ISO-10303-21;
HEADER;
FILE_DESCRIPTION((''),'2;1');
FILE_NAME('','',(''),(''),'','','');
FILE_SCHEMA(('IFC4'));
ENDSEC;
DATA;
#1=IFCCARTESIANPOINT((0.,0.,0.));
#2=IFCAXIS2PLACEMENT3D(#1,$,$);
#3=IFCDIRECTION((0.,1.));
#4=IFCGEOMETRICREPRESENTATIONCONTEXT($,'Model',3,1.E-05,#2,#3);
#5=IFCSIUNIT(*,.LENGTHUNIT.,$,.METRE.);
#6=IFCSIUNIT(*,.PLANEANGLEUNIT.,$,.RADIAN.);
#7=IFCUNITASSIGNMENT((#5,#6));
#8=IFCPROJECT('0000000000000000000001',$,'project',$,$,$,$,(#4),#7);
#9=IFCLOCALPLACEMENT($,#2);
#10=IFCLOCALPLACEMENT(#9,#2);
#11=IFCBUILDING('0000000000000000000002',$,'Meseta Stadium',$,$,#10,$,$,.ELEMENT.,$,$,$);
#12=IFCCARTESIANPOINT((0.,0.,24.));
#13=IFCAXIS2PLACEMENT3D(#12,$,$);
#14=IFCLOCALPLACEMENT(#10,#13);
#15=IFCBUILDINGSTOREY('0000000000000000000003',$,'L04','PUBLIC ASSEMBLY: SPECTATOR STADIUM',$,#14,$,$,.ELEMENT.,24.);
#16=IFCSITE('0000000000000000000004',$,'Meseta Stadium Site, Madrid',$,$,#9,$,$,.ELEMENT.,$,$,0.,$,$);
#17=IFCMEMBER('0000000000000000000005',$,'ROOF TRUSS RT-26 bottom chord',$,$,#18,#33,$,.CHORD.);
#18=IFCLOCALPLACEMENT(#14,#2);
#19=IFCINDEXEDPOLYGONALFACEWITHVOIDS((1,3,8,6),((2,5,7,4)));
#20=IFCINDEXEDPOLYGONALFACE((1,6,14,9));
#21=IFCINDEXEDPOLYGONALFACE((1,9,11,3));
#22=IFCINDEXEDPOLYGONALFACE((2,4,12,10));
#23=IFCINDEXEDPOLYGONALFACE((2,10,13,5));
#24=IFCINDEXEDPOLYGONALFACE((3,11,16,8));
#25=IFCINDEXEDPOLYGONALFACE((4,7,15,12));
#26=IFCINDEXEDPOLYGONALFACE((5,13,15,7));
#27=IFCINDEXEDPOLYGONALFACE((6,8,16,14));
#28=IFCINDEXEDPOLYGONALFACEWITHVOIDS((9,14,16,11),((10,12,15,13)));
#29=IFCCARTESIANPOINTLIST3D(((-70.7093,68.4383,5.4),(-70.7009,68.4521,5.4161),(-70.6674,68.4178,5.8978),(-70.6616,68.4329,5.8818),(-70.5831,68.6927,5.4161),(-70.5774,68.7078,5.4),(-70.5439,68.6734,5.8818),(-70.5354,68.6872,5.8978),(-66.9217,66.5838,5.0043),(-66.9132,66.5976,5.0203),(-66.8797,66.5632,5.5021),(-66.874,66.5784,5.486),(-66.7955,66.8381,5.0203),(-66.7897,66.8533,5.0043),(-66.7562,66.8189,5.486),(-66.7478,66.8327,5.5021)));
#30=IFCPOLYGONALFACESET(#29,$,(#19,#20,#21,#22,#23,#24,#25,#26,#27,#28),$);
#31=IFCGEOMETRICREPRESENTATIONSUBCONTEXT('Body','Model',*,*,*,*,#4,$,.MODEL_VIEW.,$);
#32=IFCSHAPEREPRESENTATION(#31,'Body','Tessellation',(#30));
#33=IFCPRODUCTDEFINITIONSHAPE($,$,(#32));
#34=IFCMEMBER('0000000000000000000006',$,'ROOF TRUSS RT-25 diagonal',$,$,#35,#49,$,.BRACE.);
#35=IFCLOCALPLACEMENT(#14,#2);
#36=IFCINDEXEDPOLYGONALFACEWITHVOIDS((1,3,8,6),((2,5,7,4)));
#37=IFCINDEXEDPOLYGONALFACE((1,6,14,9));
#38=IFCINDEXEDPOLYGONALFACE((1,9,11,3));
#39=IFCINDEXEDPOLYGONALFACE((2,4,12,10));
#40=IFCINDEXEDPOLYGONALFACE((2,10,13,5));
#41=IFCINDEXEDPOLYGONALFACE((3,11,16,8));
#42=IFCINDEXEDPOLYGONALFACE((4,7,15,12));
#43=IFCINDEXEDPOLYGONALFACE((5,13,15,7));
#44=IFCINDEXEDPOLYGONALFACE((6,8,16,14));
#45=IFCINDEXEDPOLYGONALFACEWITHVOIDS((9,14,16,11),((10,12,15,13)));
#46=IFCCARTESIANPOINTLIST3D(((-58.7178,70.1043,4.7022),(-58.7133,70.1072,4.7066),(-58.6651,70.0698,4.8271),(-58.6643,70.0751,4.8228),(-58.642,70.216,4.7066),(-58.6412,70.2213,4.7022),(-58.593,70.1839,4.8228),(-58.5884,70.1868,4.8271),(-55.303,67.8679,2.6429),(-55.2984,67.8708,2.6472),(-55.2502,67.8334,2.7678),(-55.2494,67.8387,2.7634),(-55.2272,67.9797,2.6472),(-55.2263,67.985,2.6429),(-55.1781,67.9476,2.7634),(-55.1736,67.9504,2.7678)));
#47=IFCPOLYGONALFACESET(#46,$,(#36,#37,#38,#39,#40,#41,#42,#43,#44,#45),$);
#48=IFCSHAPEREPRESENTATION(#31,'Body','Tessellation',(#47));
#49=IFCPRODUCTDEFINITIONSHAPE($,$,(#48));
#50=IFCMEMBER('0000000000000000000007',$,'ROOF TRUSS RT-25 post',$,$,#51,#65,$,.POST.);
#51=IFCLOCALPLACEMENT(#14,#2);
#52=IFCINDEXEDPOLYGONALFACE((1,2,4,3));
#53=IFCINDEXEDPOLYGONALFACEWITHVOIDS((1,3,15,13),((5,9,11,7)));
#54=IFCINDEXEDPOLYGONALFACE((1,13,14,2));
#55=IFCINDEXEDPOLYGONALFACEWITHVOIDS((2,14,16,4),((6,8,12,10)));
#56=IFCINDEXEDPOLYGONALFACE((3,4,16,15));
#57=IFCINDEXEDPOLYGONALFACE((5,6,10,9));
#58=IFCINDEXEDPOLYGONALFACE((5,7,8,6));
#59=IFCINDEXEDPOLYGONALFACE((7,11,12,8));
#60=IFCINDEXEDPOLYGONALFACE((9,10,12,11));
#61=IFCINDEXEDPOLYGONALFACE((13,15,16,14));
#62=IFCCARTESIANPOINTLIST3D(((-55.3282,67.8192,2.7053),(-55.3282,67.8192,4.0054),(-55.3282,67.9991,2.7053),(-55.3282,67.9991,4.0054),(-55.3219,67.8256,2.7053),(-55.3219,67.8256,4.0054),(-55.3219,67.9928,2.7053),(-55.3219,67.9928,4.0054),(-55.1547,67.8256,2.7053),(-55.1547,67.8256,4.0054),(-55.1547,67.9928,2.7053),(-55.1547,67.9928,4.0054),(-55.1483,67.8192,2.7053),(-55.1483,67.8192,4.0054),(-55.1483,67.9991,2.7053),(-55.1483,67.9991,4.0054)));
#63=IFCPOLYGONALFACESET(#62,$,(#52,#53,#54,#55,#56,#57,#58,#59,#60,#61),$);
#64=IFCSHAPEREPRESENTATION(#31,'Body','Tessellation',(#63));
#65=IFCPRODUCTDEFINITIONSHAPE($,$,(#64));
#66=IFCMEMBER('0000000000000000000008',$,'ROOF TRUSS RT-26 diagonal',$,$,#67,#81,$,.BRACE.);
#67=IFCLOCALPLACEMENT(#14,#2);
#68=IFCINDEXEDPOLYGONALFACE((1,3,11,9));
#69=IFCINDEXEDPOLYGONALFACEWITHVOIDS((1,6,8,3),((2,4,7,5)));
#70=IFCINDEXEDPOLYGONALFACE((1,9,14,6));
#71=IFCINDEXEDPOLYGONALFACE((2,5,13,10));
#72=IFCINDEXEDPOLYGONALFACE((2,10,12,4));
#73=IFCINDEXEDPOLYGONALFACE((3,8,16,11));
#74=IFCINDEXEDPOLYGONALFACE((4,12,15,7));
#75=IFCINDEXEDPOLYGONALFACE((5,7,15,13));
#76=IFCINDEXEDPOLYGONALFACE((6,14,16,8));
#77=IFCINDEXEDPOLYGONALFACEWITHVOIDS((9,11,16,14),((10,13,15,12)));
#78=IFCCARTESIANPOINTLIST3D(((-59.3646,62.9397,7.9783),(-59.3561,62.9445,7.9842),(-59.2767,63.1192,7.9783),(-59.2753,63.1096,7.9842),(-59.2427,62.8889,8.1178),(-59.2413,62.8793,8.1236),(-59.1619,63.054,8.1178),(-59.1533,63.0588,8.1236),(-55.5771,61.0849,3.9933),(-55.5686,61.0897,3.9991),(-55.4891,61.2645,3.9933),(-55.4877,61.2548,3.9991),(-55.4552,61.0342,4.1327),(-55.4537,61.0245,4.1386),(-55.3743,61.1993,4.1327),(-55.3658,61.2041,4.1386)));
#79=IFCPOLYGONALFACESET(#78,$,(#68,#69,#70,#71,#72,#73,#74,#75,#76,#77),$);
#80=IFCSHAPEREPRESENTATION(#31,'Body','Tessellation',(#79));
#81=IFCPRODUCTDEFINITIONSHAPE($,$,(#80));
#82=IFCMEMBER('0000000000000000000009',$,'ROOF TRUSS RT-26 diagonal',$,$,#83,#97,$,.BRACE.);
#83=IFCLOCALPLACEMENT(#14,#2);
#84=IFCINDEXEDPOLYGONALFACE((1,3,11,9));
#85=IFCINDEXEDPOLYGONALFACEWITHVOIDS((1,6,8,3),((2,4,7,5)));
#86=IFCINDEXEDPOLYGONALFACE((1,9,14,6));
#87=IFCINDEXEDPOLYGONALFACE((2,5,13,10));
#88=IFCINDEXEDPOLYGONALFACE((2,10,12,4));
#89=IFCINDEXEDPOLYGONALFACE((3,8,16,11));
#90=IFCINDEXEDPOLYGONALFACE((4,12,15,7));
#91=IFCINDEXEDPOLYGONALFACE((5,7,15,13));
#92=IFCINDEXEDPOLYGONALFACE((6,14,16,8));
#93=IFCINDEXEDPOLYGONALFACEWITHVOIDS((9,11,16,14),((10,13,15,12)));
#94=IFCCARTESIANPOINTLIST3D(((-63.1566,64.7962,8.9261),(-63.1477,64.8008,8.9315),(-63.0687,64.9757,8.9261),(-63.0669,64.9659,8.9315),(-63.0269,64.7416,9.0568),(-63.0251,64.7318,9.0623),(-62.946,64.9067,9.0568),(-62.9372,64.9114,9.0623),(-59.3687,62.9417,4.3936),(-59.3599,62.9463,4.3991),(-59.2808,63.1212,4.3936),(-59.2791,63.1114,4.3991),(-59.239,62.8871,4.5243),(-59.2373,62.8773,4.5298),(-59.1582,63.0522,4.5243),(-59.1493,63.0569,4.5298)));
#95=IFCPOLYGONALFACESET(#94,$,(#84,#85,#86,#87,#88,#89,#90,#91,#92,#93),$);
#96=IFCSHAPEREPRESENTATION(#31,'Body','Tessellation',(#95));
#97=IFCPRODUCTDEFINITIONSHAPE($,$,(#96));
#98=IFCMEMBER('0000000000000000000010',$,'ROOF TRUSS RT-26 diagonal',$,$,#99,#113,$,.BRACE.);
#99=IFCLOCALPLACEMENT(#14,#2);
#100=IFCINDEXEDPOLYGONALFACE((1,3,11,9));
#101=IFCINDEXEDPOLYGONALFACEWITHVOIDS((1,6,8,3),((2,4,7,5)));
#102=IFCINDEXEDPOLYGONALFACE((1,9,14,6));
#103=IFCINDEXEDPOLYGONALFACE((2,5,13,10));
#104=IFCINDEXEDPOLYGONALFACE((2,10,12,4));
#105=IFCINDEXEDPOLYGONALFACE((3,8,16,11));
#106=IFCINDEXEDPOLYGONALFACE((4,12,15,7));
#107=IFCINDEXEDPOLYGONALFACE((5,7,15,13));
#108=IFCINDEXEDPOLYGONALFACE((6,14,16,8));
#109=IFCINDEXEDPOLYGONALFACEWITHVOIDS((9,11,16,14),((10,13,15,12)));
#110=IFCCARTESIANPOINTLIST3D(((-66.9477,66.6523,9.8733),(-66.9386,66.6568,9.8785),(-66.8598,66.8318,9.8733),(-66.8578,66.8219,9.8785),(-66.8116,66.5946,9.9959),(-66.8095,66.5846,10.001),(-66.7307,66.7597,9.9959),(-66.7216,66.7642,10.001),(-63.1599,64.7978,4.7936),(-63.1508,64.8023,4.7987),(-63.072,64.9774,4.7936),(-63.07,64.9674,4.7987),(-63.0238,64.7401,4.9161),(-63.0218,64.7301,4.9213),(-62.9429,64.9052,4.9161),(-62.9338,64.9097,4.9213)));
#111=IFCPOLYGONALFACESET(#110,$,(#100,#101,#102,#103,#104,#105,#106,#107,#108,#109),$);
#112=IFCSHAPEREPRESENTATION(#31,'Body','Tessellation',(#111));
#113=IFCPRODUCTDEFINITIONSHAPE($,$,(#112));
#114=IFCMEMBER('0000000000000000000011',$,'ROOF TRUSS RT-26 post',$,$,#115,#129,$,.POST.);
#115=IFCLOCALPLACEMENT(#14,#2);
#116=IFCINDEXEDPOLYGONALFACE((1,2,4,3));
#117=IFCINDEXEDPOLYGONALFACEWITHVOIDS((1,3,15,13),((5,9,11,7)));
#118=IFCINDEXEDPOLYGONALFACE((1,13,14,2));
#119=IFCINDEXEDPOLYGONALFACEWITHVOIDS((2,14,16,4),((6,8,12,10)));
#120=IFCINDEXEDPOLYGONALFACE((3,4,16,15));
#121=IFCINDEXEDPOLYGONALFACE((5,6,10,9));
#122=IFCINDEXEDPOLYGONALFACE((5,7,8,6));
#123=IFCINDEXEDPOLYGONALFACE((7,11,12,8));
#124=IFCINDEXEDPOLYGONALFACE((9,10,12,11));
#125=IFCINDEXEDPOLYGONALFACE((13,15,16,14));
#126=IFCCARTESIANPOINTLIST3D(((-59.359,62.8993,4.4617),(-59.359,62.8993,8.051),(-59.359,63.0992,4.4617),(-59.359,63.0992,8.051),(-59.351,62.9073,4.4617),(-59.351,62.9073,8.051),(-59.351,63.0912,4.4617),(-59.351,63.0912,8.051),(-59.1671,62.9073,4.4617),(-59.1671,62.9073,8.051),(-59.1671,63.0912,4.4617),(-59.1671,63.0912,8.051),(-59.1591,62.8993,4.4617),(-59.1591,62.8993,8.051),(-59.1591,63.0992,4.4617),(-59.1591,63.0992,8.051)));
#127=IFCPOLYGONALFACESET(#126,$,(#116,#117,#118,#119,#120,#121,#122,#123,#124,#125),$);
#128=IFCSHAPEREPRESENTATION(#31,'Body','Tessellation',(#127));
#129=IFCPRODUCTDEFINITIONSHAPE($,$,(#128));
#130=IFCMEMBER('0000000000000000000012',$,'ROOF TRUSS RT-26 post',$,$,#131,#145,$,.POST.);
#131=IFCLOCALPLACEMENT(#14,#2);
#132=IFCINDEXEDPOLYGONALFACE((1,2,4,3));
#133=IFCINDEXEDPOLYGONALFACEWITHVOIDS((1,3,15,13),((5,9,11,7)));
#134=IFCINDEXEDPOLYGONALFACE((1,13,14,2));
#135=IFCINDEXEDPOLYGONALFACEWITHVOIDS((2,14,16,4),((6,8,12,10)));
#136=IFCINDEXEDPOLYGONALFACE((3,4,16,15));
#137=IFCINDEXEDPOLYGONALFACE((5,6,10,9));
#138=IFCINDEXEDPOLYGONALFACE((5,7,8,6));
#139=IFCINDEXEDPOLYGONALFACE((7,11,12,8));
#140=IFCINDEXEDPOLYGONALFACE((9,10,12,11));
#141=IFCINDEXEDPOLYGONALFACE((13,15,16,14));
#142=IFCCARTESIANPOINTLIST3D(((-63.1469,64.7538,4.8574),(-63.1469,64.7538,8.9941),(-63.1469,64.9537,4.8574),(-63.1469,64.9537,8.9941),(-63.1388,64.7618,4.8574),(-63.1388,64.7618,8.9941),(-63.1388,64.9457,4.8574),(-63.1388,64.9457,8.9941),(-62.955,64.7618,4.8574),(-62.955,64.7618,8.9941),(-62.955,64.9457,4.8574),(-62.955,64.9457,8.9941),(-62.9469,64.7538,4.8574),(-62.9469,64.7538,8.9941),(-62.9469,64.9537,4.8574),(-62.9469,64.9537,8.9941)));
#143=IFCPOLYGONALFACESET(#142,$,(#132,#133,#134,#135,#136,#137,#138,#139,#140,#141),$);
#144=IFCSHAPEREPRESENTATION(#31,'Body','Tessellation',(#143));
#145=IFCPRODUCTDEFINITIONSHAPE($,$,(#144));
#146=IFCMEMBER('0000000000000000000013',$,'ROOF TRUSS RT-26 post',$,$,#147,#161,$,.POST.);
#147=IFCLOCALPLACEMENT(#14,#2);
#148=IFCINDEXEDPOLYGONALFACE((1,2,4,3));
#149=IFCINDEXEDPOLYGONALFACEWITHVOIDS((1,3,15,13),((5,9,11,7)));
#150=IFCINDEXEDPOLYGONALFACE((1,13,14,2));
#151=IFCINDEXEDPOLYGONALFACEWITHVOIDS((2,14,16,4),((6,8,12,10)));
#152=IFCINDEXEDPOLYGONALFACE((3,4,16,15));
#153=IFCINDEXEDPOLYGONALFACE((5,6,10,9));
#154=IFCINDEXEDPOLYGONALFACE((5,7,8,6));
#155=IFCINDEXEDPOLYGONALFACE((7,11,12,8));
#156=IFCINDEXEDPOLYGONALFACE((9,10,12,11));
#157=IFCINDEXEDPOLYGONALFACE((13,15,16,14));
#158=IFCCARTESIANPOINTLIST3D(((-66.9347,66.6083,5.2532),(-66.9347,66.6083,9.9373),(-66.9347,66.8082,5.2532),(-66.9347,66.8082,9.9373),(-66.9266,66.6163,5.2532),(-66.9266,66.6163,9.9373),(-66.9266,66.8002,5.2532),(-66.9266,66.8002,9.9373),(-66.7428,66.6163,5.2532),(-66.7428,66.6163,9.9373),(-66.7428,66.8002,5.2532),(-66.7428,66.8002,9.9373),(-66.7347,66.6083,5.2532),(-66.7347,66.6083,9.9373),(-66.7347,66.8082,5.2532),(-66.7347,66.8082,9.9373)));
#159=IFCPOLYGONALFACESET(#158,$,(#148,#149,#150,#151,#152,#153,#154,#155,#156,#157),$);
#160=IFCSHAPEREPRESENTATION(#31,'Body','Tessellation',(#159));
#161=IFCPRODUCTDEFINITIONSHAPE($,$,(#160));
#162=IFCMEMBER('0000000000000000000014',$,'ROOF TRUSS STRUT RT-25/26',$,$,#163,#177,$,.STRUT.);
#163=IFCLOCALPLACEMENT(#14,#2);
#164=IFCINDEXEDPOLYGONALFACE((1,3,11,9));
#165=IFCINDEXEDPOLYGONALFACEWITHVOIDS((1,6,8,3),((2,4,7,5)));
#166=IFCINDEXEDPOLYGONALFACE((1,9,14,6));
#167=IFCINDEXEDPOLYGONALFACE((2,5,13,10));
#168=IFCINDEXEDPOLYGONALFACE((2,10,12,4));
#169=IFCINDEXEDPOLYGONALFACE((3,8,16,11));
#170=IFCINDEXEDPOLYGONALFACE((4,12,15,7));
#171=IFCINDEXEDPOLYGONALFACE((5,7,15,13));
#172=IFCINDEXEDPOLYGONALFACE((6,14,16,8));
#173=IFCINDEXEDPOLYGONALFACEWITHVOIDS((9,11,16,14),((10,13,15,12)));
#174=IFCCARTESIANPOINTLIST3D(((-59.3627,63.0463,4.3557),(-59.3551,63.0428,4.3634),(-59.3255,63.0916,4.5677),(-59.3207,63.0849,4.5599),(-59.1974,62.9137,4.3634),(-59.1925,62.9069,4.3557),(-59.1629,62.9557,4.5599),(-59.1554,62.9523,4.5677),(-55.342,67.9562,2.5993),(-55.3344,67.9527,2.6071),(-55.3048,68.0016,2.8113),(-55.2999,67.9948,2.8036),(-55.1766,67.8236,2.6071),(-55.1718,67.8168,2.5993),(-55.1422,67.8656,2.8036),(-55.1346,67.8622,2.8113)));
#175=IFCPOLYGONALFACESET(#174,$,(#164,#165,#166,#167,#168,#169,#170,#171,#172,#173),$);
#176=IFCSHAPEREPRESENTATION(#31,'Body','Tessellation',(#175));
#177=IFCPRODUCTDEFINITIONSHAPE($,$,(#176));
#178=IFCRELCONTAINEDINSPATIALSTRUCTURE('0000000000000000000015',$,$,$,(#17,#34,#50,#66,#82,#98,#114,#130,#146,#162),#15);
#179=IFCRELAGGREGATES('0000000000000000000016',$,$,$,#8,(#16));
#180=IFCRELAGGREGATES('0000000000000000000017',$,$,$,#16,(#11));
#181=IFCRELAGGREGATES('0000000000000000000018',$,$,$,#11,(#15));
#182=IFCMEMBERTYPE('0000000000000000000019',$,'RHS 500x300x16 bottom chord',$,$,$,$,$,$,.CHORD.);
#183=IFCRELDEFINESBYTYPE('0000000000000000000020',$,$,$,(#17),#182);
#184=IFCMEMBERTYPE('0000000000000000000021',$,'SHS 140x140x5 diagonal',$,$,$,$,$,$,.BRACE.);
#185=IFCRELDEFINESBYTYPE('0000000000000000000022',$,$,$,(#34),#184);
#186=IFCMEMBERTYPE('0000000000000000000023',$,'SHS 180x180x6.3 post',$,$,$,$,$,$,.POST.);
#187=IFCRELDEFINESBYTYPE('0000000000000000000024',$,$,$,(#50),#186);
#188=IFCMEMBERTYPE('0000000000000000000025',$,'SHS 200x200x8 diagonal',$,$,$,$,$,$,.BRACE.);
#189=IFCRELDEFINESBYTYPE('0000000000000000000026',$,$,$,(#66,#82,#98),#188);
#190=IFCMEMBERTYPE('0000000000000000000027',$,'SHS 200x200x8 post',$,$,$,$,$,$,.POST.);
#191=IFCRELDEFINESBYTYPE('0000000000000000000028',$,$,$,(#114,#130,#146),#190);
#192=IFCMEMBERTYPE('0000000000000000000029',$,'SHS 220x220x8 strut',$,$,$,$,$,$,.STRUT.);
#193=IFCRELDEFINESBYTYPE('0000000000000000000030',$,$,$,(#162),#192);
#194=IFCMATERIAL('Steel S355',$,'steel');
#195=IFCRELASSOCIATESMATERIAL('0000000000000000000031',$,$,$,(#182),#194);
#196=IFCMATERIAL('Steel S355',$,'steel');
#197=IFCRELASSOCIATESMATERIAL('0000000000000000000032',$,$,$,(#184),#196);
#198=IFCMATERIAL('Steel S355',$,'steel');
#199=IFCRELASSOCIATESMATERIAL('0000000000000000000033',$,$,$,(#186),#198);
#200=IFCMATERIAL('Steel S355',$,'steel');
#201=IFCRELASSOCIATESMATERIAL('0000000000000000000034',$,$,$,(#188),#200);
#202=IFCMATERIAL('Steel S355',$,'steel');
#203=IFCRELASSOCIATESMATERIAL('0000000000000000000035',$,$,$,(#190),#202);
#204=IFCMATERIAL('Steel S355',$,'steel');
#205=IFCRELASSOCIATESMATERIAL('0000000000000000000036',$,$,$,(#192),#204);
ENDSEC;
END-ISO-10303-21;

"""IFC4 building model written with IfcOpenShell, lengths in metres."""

from ifc_helpers import new_model, si_unit, direction, frame, origin, origin_2d, place, context, subcontext, project, spatial, hollow_rectangle, extrude, material, material_profile, profile_set, type_object, element, save


model = new_model("IFC4")

# Units and contexts
model_context = context("Model", 3, precision=1e-05, world=origin(), true_north=direction((0.0, 1.0)))
body_context = subcontext(model_context, "Body", "Model", "MODEL_VIEW")
ifc_project = project(units=[si_unit("LENGTHUNIT", "METRE"), si_unit("PLANEANGLEUNIT", "RADIAN")], contexts=[model_context])

# Site, building, storey
site_placement = place(None, origin())
site = spatial("IfcSite", under=ifc_project, at=site_placement, Name="Meseta Stadium Site, Madrid", CompositionType="ELEMENT", RefElevation=0.0)
building_placement = place(site_placement, origin())
building = spatial("IfcBuilding", under=site, at=building_placement, Name="Meseta Stadium", CompositionType="ELEMENT")
storey_placement = place(building_placement, frame((0.0, 0.0, 24.0)))
storey = spatial("IfcBuildingStorey", under=building, at=storey_placement, Name="L04", Description="PUBLIC ASSEMBLY: SPECTATOR STADIUM", CompositionType="ELEMENT", Elevation=24.0)

# Members
ifc_material_1 = material(Name="Steel S355", Category="steel")
ifc_material_profile_1 = material_profile(ifc_material_1, hollow_rectangle(XDim=0.3, YDim=0.5, WallThickness=0.0161, at=origin_2d()), Name="RHS 500x300x16")
ifc_profile_set_1 = profile_set([ifc_material_profile_1], Name="Steel S355")
member_type_1 = type_object("IfcMemberType", Name="RHS 500x300x16 bottom chord", PredefinedType="CHORD", material=ifc_profile_set_1)
member_1_placement = place(storey_placement, frame((-66.8347, 66.7083, 5.2532), z_axis=(-0.894196, 0.437818, 0.093431), x_axis=(-0.439742, -0.898124, 0.0)))
element("IfcMember", 1, at=member_1_placement, inside=storey, type_object=member_type_1, Name="ROOF TRUSS RT-26 bottom chord", PredefinedType="CHORD", context=body_context, shape_type="SweptSolid", body=[
    extrude(hollow_rectangle(XDim=0.3, YDim=0.5, WallThickness=0.0161, at=origin_2d()), origin(), (0.0, 0.0, 1.0), 4.2358),
])
ifc_material_2 = material(Name="Steel S355", Category="steel")
ifc_material_profile_2 = material_profile(ifc_material_2, hollow_rectangle(XDim=0.1399, YDim=0.1399, WallThickness=0.0049, at=origin_2d()), Name="SHS 140x140x5")
ifc_profile_set_2 = profile_set([ifc_material_profile_2], Name="Steel S355")
member_type_2 = type_object("IfcMemberType", Name="SHS 140x140x5 diagonal", PredefinedType="BRACE", material=ifc_profile_set_2)
member_2_placement = place(storey_placement, frame((-55.2383, 67.9092, 2.7053), z_axis=(-0.7469, 0.48914, 0.450425), x_axis=(-0.547863, -0.836568, 0.0)))
element("IfcMember", 2, at=member_2_placement, inside=storey, type_object=member_type_2, Name="ROOF TRUSS RT-25 diagonal", PredefinedType="BRACE", context=body_context, shape_type="SweptSolid", body=[
    extrude(hollow_rectangle(XDim=0.1399, YDim=0.1399, WallThickness=0.0049, at=origin_2d()), origin(), (0.0, 0.0, 1.0), 4.572),
])
ifc_material_3 = material(Name="Steel S355", Category="steel")
ifc_material_profile_3 = material_profile(ifc_material_3, hollow_rectangle(XDim=0.1799, YDim=0.1799, WallThickness=0.0063, at=origin_2d()), Name="SHS 180x180x6.3")
ifc_profile_set_3 = profile_set([ifc_material_profile_3], Name="Steel S355")
member_type_3 = type_object("IfcMemberType", Name="SHS 180x180x6.3 post", PredefinedType="POST", material=ifc_profile_set_3)
member_3_placement = place(storey_placement, frame((-55.2383, 67.9092, 2.7053), z_axis=(0.0, 0.0, 1.0), x_axis=(1.0, 0.0, 0.0)))
element("IfcMember", 3, at=member_3_placement, inside=storey, type_object=member_type_3, Name="ROOF TRUSS RT-25 post", PredefinedType="POST", context=body_context, shape_type="SweptSolid", body=[
    extrude(hollow_rectangle(XDim=0.1799, YDim=0.1799, WallThickness=0.0063, at=origin_2d()), origin(), (0.0, 0.0, 1.0), 1.3),
])
ifc_material_4 = material(Name="Steel S355", Category="steel")
ifc_material_profile_4 = material_profile(ifc_material_4, hollow_rectangle(XDim=0.2, YDim=0.2, WallThickness=0.0081, at=origin_2d()), Name="SHS 200x200x8")
ifc_profile_set_4 = profile_set([ifc_material_profile_4], Name="Steel S355")
member_type_4 = type_object("IfcMemberType", Name="SHS 200x200x8 diagonal", PredefinedType="BRACE", material=ifc_profile_set_4)
member_4_placement = place(storey_placement, frame((-55.4714, 61.1445, 4.0659), z_axis=(-0.652772, 0.319654, 0.686812), x_axis=(-0.439788, -0.898101, 0.0)))
element("IfcMember", 4, at=member_4_placement, inside=storey, type_object=member_type_4, Name="ROOF TRUSS RT-26 diagonal", PredefinedType="BRACE", context=body_context, shape_type="SweptSolid", body=[
    extrude(hollow_rectangle(XDim=0.2, YDim=0.2, WallThickness=0.0081, at=origin_2d()), origin(), (0.0, 0.0, 1.0), 5.8022),
])
member_5_placement = place(storey_placement, frame((-59.259, 62.9993, 4.4617), z_axis=(-0.611817, 0.29954, 0.73209), x_axis=(-0.439719, -0.898135, 0.0)))
element("IfcMember", 5, at=member_5_placement, inside=storey, type_object=member_type_4, Name="ROOF TRUSS RT-26 diagonal", PredefinedType="BRACE", context=body_context, shape_type="SweptSolid", body=[
    extrude(hollow_rectangle(XDim=0.2, YDim=0.2, WallThickness=0.0081, at=origin_2d()), origin(), (0.0, 0.0, 1.0), 6.1912),
])
member_6_placement = place(storey_placement, frame((-63.0469, 64.8538, 4.8574), z_axis=(-0.573707, 0.280882, 0.769393), x_axis=(-0.439719, -0.898135, 0.0)))
element("IfcMember", 6, at=member_6_placement, inside=storey, type_object=member_type_4, Name="ROOF TRUSS RT-26 diagonal", PredefinedType="BRACE", context=body_context, shape_type="SweptSolid", body=[
    extrude(hollow_rectangle(XDim=0.2, YDim=0.2, WallThickness=0.0081, at=origin_2d()), origin(), (0.0, 0.0, 1.0), 6.6023),
])
ifc_material_5 = material(Name="Steel S355", Category="steel")
ifc_material_profile_5 = material_profile(ifc_material_5, hollow_rectangle(XDim=0.2, YDim=0.2, WallThickness=0.0081, at=origin_2d()), Name="SHS 200x200x8")
ifc_profile_set_5 = profile_set([ifc_material_profile_5], Name="Steel S355")
member_type_5 = type_object("IfcMemberType", Name="SHS 200x200x8 post", PredefinedType="POST", material=ifc_profile_set_5)
member_7_placement = place(storey_placement, frame((-59.259, 62.9993, 4.4617), z_axis=(0.0, 0.0, 1.0), x_axis=(1.0, 0.0, 0.0)))
element("IfcMember", 7, at=member_7_placement, inside=storey, type_object=member_type_5, Name="ROOF TRUSS RT-26 post", PredefinedType="POST", context=body_context, shape_type="SweptSolid", body=[
    extrude(hollow_rectangle(XDim=0.2, YDim=0.2, WallThickness=0.0081, at=origin_2d()), origin(), (0.0, 0.0, 1.0), 3.5894),
])
member_8_placement = place(storey_placement, frame((-63.0469, 64.8538, 4.8574), z_axis=(0.0, 0.0, 1.0), x_axis=(1.0, 0.0, 0.0)))
element("IfcMember", 8, at=member_8_placement, inside=storey, type_object=member_type_5, Name="ROOF TRUSS RT-26 post", PredefinedType="POST", context=body_context, shape_type="SweptSolid", body=[
    extrude(hollow_rectangle(XDim=0.2, YDim=0.2, WallThickness=0.0081, at=origin_2d()), origin(), (0.0, 0.0, 1.0), 4.1367),
])
member_9_placement = place(storey_placement, frame((-66.8347, 66.7083, 5.2532), z_axis=(0.0, 0.0, 1.0), x_axis=(1.0, 0.0, 0.0)))
element("IfcMember", 9, at=member_9_placement, inside=storey, type_object=member_type_5, Name="ROOF TRUSS RT-26 post", PredefinedType="POST", context=body_context, shape_type="SweptSolid", body=[
    extrude(hollow_rectangle(XDim=0.2, YDim=0.2, WallThickness=0.0081, at=origin_2d()), origin(), (0.0, 0.0, 1.0), 4.6841),
])
ifc_material_6 = material(Name="Steel S355", Category="steel")
ifc_material_profile_6 = material_profile(ifc_material_6, hollow_rectangle(XDim=0.22, YDim=0.22, WallThickness=0.0081, at=origin_2d()), Name="SHS 220x220x8")
ifc_profile_set_6 = profile_set([ifc_material_profile_6], Name="Steel S355")
member_type_6 = type_object("IfcMemberType", Name="SHS 220x220x8 strut", PredefinedType="STRUT", material=ifc_profile_set_6)
member_10_placement = place(storey_placement, frame((-55.2383, 67.9092, 2.7053), z_axis=(-0.610619, -0.745653, 0.266731), x_axis=(0.773683, -0.633573, 0.0)))
element("IfcMember", 10, at=member_10_placement, inside=storey, type_object=member_type_6, Name="ROOF TRUSS STRUT RT-25/26", PredefinedType="STRUT", context=body_context, shape_type="SweptSolid", body=[
    extrude(hollow_rectangle(XDim=0.22, YDim=0.22, WallThickness=0.0081, at=origin_2d()), origin(), (0.0, 0.0, 1.0), 6.5847),
])

save(model, "model.ifc")
